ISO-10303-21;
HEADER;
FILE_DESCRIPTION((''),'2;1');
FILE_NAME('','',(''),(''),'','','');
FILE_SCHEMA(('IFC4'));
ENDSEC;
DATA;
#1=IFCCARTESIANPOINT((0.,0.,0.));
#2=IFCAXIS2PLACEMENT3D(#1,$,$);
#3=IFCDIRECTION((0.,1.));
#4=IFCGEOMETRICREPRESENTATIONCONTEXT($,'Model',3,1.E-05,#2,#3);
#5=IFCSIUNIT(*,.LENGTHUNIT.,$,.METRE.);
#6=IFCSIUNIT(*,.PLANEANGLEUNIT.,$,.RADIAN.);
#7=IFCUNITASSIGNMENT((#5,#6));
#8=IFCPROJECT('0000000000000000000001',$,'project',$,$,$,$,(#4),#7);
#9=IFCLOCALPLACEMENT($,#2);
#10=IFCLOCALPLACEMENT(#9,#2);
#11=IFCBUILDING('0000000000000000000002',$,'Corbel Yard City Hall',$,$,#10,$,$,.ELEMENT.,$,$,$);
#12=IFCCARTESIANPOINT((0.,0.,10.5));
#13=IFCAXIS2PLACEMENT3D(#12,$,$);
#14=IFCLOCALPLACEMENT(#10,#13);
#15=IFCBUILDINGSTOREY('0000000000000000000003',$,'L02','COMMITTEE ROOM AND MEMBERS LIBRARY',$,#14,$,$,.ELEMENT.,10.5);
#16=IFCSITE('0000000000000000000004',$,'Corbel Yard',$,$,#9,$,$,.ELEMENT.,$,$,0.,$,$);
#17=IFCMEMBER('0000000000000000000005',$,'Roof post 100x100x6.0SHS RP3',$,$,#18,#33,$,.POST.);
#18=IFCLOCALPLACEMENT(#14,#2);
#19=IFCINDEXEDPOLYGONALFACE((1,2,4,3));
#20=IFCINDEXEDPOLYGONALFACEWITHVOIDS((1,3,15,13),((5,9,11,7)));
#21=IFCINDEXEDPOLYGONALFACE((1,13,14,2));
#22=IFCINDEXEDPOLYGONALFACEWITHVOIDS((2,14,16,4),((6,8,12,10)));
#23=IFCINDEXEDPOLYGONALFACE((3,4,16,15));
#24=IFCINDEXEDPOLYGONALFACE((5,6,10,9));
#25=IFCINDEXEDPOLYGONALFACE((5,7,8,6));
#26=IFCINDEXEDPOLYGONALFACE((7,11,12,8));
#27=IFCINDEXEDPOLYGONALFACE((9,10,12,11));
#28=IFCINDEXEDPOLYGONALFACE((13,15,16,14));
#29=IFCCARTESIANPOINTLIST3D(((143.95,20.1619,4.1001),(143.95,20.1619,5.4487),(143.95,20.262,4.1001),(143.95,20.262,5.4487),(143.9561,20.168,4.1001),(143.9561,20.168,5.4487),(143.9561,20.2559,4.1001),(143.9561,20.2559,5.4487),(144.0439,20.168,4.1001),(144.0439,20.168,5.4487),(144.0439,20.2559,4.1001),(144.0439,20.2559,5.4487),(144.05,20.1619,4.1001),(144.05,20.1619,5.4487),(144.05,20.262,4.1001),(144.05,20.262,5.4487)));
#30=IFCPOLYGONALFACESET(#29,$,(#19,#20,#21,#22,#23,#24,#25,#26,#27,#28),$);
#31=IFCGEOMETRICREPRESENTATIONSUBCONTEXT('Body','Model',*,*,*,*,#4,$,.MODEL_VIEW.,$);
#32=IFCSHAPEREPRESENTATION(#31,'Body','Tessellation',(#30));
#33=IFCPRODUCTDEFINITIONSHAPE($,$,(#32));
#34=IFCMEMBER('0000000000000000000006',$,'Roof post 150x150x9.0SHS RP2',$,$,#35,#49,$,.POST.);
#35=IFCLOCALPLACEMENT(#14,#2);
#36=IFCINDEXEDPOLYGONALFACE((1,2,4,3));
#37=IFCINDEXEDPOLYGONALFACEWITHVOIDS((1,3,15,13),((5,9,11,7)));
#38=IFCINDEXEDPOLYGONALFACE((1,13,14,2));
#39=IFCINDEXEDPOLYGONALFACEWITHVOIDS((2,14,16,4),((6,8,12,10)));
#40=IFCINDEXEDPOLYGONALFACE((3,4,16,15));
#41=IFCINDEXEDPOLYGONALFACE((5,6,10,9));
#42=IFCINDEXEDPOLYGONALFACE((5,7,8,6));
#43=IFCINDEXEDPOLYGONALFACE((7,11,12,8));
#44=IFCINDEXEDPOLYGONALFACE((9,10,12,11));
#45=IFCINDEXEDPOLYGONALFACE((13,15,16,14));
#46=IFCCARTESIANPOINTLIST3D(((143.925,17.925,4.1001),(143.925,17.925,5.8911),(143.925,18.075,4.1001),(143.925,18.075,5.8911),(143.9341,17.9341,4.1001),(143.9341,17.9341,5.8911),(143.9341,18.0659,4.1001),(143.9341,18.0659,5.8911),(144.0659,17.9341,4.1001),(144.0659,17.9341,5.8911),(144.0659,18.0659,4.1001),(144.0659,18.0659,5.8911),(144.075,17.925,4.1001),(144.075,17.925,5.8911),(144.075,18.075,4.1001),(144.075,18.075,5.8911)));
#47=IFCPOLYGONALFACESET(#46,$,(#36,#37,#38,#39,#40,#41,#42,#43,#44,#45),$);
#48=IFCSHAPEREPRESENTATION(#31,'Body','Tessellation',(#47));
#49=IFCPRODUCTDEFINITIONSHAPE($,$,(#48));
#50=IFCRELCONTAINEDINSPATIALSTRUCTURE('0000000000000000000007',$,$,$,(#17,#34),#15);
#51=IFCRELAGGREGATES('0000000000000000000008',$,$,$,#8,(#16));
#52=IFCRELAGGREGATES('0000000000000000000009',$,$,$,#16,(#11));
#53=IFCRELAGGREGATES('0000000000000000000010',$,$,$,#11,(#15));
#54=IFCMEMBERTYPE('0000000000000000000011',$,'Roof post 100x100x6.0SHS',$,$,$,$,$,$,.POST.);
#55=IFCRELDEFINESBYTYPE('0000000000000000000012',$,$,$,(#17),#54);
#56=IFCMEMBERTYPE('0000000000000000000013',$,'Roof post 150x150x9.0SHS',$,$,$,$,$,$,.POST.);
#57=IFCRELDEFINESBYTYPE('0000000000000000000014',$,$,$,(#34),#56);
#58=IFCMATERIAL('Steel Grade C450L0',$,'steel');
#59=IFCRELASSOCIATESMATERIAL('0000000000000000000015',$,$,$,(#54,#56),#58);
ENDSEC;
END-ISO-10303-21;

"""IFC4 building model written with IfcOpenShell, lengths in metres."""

from ifc_helpers import new_model, si_unit, direction, frame, origin, origin_2d, place, context, subcontext, project, spatial, hollow_rectangle, extrude, material, material_profile, profile_set, type_object, element, save


model = new_model("IFC4")

# Units and contexts
model_context = context("Model", 3, precision=1e-05, world=origin(), true_north=direction((0.0, 1.0)))
body_context = subcontext(model_context, "Body", "Model", "MODEL_VIEW")
ifc_project = project(units=[si_unit("LENGTHUNIT", "METRE"), si_unit("PLANEANGLEUNIT", "RADIAN")], contexts=[model_context])

# Site, building, storey
site_placement = place(None, origin())
site = spatial("IfcSite", under=ifc_project, at=site_placement, Name="Corbel Yard", CompositionType="ELEMENT", RefElevation=0.0)
building_placement = place(site_placement, origin())
building = spatial("IfcBuilding", under=site, at=building_placement, Name="Corbel Yard City Hall", CompositionType="ELEMENT")
storey_placement = place(building_placement, frame((0.0, 0.0, 10.5)))
storey = spatial("IfcBuildingStorey", under=building, at=storey_placement, Name="L02", Description="COMMITTEE ROOM AND MEMBERS LIBRARY", CompositionType="ELEMENT", Elevation=10.5)

# Members
ifc_material_1 = material(Name="Steel Grade C450L0", Category="steel")
ifc_material_profile_1 = material_profile(ifc_material_1, hollow_rectangle(XDim=0.1001, YDim=0.1001, WallThickness=0.0061, at=origin_2d()), Name="100x100x6.0SHS")
ifc_profile_set_1 = profile_set([ifc_material_profile_1], Name="Steel Grade C450L0")
member_type_1 = type_object("IfcMemberType", Name="Roof post 100x100x6.0SHS", PredefinedType="POST", material=ifc_profile_set_1)
for number, where, z_axis, x_axis, name in (
    (1, (144.0, 20.2119, 4.1001), (0.0, 0.0, 1.0), (1.0, 0.0, 0.0), "Roof post 100x100x6.0SHS RP3"),
):
    element("IfcMember", number, at=place(storey_placement, frame(where, z_axis=z_axis, x_axis=x_axis)), inside=storey, type_object=member_type_1, Name=name, PredefinedType="POST", context=body_context, shape_type="SweptSolid", body=[
        extrude(hollow_rectangle(XDim=0.1001, YDim=0.1001, WallThickness=0.0061, at=origin_2d()), origin(), (0.0, 0.0, 1.0), 1.3486),
    ])
ifc_material_profile_2 = material_profile(ifc_material_1, hollow_rectangle(XDim=0.1499, YDim=0.1499, WallThickness=0.009, at=origin_2d()), Name="150x150x9.0SHS")
ifc_profile_set_2 = profile_set([ifc_material_profile_2], Name="Steel Grade C450L0")
member_type_2 = type_object("IfcMemberType", Name="Roof post 150x150x9.0SHS", PredefinedType="POST", material=ifc_profile_set_2)
member_1_placement = place(storey_placement, frame((144.0, 18.0, 4.1001), z_axis=(0.0, 0.0, 1.0), x_axis=(1.0, 0.0, 0.0)))
element("IfcMember", 2, at=member_1_placement, inside=storey, type_object=member_type_2, Name="Roof post 150x150x9.0SHS RP2", PredefinedType="POST", context=body_context, shape_type="SweptSolid", body=[
    extrude(hollow_rectangle(XDim=0.1499, YDim=0.1499, WallThickness=0.009, at=origin_2d()), origin(), (0.0, 0.0, 1.0), 1.791),
])

save(model, "model.ifc")
